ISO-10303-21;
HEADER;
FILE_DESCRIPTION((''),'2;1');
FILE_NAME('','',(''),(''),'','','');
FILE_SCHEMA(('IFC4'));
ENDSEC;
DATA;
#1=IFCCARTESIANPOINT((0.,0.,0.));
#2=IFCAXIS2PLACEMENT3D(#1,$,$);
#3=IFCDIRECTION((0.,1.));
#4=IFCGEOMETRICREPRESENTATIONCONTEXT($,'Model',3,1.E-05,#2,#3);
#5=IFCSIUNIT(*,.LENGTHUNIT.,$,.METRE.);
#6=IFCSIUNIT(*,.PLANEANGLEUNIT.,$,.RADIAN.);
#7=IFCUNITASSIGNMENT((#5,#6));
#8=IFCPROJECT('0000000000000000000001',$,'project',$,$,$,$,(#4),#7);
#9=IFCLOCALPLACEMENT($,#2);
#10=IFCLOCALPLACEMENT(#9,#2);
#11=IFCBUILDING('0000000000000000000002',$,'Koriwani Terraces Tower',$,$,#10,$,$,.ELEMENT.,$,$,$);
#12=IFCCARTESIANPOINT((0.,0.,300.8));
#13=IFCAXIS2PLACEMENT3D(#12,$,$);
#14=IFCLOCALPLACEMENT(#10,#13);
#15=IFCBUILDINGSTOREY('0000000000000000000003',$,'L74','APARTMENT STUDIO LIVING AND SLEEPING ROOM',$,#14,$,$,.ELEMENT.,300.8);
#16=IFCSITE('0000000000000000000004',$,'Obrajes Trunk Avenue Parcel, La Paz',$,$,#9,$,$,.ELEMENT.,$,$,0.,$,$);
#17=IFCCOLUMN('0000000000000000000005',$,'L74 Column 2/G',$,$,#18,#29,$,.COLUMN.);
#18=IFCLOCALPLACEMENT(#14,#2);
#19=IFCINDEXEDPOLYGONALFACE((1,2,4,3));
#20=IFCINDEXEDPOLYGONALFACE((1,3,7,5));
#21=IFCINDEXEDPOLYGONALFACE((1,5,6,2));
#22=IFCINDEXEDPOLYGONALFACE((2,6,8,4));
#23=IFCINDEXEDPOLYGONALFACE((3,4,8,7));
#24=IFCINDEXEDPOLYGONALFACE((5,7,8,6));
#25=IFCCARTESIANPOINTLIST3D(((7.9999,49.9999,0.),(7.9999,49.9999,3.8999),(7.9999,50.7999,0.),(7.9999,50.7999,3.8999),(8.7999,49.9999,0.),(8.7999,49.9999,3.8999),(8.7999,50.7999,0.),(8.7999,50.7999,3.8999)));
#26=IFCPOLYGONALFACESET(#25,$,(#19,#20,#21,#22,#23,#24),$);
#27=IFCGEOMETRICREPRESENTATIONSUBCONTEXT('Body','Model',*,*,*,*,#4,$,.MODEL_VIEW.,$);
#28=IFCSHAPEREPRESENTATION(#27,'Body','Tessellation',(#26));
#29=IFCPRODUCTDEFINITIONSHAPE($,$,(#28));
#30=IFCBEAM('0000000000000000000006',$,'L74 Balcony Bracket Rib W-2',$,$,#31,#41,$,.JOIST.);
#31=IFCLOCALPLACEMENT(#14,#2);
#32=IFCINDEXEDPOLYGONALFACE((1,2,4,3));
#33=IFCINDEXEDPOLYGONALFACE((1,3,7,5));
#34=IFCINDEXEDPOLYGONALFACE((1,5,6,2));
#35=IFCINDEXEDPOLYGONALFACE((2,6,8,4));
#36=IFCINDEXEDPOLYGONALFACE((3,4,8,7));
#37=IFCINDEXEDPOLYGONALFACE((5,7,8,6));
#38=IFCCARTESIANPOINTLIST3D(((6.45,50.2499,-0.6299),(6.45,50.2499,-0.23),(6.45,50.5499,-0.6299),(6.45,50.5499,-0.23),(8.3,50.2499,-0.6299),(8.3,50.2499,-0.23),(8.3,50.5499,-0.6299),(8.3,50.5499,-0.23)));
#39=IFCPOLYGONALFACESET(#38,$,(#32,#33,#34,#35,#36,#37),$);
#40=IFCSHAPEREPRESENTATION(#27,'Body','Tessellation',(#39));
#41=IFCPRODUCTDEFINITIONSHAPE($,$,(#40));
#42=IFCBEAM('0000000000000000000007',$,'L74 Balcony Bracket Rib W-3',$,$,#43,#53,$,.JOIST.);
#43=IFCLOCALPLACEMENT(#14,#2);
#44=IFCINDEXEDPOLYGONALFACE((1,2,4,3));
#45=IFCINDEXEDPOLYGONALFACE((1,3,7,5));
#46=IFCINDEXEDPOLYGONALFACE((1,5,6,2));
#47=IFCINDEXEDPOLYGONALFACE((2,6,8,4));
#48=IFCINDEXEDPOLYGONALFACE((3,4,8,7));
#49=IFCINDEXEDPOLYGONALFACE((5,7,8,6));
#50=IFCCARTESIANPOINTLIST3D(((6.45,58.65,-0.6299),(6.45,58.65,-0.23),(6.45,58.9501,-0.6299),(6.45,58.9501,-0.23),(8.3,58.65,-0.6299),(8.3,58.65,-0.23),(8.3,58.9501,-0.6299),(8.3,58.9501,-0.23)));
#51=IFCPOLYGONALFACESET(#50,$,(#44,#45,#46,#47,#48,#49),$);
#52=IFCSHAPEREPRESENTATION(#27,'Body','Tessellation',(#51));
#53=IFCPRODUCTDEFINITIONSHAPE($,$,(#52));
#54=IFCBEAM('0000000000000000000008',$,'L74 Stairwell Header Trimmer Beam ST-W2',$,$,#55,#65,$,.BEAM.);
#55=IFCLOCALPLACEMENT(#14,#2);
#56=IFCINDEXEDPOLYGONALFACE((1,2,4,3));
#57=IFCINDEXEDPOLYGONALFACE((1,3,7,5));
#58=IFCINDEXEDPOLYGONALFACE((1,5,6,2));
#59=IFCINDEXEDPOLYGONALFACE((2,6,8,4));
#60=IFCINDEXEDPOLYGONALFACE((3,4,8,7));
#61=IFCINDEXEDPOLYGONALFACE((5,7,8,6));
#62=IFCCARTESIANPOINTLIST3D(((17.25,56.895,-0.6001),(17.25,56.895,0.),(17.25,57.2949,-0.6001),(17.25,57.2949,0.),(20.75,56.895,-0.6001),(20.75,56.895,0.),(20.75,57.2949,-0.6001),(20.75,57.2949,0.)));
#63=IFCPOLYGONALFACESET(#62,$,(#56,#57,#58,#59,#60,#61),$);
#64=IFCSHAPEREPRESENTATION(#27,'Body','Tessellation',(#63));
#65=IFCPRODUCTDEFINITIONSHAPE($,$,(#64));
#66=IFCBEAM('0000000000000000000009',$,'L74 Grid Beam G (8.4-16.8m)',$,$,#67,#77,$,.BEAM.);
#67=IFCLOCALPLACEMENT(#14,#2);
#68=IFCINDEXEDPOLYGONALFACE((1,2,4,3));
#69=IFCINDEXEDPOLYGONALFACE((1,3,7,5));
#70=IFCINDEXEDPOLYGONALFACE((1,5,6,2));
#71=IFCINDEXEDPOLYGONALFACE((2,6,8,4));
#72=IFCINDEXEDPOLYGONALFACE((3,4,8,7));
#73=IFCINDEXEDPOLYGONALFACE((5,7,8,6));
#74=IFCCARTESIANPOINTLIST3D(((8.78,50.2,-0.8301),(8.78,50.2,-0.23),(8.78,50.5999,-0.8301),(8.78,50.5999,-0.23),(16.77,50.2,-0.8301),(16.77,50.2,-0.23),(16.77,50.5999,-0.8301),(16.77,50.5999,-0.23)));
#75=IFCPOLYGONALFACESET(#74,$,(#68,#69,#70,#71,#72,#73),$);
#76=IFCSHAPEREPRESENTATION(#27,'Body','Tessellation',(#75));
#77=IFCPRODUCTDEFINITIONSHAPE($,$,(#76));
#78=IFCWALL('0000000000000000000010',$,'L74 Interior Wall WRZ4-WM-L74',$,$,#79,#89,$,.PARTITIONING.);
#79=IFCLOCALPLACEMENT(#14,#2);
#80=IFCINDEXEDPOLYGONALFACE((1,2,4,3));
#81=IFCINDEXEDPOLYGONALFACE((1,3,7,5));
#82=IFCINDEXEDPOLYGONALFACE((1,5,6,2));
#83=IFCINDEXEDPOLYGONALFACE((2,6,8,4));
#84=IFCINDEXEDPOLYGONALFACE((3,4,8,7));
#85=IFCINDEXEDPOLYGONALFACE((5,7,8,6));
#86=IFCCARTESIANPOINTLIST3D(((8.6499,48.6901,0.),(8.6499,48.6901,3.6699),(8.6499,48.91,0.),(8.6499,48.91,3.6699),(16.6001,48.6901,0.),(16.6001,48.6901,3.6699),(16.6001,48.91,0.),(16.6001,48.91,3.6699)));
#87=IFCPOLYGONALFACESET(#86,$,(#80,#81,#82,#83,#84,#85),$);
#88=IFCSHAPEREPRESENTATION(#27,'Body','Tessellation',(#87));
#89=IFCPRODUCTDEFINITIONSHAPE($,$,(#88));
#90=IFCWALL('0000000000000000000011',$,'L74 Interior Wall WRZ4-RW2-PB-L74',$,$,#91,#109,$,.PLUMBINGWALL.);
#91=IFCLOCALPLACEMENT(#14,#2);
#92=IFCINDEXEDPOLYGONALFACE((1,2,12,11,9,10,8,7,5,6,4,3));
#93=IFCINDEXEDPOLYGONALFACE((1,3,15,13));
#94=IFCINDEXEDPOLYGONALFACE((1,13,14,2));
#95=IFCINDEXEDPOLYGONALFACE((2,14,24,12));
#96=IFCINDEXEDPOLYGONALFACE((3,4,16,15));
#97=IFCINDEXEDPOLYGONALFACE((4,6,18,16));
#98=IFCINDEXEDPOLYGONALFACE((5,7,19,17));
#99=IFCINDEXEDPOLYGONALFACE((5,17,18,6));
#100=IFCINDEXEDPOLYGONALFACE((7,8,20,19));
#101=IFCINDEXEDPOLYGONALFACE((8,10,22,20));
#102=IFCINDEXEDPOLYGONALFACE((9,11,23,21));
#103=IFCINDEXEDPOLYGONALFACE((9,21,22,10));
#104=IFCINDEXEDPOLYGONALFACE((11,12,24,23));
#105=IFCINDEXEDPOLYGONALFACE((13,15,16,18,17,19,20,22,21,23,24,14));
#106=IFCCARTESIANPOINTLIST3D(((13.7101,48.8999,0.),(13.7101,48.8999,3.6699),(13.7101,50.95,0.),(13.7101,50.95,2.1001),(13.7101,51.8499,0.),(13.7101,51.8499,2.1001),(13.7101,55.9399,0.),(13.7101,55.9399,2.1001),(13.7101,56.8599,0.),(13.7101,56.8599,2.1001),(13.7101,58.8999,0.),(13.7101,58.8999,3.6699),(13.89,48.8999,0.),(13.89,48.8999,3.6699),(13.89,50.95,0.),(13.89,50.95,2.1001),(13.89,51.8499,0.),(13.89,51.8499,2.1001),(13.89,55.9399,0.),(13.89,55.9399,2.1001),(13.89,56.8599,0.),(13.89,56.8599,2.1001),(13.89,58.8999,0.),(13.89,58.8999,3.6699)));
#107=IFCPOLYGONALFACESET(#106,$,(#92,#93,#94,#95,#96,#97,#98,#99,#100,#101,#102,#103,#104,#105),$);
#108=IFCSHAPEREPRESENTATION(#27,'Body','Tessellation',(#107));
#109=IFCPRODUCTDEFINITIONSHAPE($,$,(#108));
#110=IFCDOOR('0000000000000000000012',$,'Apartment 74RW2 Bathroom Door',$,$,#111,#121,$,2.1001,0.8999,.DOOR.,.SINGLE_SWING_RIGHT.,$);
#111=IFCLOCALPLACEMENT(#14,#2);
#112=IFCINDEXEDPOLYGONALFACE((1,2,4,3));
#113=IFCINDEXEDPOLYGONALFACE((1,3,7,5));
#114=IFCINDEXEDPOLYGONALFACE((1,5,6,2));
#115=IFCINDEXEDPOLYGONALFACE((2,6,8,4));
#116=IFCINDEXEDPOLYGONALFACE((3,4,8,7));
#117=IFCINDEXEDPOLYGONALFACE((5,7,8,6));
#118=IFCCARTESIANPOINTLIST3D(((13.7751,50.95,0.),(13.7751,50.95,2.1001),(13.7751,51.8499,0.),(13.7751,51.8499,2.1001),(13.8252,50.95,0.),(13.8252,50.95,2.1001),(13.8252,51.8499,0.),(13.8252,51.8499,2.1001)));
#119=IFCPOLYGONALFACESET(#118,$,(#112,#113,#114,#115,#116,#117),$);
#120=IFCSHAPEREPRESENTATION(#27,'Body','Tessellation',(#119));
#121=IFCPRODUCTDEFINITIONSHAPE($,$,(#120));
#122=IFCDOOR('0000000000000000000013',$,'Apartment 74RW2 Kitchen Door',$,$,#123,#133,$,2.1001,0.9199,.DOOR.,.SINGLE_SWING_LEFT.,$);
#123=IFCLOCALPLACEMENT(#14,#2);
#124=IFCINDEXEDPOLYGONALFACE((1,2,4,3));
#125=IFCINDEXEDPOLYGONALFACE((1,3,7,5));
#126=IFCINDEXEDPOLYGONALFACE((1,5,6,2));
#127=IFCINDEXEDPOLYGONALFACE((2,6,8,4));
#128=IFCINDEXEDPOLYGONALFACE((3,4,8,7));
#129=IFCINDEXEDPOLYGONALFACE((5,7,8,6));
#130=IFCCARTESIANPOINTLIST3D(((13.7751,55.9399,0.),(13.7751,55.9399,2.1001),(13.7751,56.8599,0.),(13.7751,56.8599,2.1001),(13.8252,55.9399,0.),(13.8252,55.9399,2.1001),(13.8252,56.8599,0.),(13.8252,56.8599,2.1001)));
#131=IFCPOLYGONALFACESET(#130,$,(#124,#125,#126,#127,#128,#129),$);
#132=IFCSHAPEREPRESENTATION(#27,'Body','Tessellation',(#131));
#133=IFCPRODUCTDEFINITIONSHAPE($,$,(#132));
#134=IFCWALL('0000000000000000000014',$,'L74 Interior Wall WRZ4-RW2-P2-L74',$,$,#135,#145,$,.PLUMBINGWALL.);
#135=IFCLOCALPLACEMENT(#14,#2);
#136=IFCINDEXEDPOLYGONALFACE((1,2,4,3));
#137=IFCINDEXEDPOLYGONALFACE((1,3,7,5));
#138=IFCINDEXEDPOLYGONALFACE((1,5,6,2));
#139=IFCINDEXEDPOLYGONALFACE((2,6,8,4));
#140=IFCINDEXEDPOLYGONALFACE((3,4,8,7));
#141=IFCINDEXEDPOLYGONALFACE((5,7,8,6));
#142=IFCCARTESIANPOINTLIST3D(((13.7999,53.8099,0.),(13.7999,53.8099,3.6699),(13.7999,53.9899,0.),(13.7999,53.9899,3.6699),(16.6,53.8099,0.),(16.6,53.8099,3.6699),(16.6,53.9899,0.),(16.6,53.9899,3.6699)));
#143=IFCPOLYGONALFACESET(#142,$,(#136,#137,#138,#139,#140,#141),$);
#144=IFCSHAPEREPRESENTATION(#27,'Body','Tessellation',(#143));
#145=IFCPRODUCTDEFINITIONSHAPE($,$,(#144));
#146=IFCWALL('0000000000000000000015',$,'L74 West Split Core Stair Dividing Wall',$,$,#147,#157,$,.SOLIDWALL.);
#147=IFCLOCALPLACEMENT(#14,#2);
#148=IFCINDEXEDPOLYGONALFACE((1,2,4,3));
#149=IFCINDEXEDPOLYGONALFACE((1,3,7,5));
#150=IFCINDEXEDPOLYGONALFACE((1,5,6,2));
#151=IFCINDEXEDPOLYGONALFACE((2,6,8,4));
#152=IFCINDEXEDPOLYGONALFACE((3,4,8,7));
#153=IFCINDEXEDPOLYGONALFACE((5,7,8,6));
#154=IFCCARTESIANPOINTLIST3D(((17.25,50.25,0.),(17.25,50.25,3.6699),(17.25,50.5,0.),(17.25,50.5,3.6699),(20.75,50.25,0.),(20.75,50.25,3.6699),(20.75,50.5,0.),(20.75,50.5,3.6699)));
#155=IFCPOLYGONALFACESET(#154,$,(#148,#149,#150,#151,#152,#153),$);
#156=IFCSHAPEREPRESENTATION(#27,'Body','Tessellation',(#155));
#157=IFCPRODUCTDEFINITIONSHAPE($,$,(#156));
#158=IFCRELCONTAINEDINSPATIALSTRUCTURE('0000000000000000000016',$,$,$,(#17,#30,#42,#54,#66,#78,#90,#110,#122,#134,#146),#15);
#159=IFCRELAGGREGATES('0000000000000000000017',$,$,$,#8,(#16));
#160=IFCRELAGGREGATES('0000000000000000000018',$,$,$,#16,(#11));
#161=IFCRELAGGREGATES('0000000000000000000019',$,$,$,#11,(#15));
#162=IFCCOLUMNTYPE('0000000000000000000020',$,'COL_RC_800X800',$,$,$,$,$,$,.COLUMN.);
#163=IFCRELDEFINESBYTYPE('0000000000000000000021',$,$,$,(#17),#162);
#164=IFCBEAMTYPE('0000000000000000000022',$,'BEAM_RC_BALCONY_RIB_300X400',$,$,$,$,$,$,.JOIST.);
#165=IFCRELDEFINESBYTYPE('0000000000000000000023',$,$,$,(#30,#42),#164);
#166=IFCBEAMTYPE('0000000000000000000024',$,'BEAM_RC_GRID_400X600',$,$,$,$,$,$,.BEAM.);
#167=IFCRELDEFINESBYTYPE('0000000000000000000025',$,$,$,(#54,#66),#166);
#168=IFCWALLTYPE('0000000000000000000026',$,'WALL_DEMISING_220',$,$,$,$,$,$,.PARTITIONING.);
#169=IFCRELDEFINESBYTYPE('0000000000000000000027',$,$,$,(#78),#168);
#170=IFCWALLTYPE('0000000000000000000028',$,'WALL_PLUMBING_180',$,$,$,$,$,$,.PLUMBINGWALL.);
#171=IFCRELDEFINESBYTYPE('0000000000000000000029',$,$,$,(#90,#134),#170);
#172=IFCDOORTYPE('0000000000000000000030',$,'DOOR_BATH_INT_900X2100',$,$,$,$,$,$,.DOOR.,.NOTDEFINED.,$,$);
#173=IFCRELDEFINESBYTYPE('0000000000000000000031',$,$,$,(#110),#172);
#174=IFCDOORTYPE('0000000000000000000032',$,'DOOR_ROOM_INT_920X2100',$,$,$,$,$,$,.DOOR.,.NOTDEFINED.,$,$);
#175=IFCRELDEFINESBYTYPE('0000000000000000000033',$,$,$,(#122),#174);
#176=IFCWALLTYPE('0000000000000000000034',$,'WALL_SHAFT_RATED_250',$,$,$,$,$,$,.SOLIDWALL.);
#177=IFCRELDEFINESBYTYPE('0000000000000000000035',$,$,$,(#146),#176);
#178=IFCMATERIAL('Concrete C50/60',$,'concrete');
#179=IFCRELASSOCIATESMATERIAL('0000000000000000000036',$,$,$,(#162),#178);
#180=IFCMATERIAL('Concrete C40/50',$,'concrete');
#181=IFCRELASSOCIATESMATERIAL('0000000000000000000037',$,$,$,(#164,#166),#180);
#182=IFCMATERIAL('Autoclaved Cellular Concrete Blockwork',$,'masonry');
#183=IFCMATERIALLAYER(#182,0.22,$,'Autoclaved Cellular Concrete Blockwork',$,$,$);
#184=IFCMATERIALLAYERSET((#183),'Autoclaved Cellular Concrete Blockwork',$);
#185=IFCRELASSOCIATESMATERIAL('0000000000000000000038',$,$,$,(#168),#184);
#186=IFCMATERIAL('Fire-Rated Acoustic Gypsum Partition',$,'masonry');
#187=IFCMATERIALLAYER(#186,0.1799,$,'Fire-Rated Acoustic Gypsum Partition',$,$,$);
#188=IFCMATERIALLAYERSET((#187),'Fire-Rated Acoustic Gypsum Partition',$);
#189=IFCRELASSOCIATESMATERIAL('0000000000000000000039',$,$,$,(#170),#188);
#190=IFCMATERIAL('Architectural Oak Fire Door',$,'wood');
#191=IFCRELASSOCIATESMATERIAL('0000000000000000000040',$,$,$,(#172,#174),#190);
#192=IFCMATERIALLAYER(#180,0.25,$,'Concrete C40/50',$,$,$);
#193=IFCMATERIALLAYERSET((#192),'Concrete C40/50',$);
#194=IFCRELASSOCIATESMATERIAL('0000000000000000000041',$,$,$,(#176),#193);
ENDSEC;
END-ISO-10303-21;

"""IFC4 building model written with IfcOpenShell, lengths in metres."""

from ifc_helpers import new_model, si_unit, direction, frame, frame_2d, origin, origin_2d, place, context, subcontext, project, spatial, rectangle, extrude, material, layer, layer_set, material_profile, profile_set, type_object, element, fill, save


model = new_model("IFC4")

# Units and contexts
model_context = context("Model", 3, precision=1e-05, world=origin(), true_north=direction((0.0, 1.0)))
body_context = subcontext(model_context, "Body", "Model", "MODEL_VIEW")
ifc_project = project(units=[si_unit("LENGTHUNIT", "METRE"), si_unit("PLANEANGLEUNIT", "RADIAN")], contexts=[model_context])

# Site, building, storey
site_placement = place(None, origin())
site = spatial("IfcSite", under=ifc_project, at=site_placement, Name="Obrajes Trunk Avenue Parcel, La Paz", CompositionType="ELEMENT", RefElevation=0.0)
building_placement = place(site_placement, origin())
building = spatial("IfcBuilding", under=site, at=building_placement, Name="Koriwani Terraces Tower", CompositionType="ELEMENT")
storey_placement = place(building_placement, frame((0.0, 0.0, 300.8)))
storey = spatial("IfcBuildingStorey", under=building, at=storey_placement, Name="L74", Description="APARTMENT STUDIO LIVING AND SLEEPING ROOM", CompositionType="ELEMENT", Elevation=300.8)

# Column
ifc_material_1 = material(Name="Concrete C50/60", Category="concrete")
ifc_material_profile_1 = material_profile(ifc_material_1, rectangle(XDim=0.8, YDim=0.8, at=origin_2d()), Name="Concrete C50/60", Category="LoadBearing")
ifc_profile_set_1 = profile_set([ifc_material_profile_1], Name="Concrete C50/60")
column_type = type_object("IfcColumnType", Name="COL_RC_800X800", PredefinedType="COLUMN", material=ifc_profile_set_1)
column_placement = place(storey_placement, frame((8.3999, 50.3999, 0.0), z_axis=(0.0, 0.0, 1.0), x_axis=(1.0, 0.0, 0.0)))
element("IfcColumn", 1, at=column_placement, inside=storey, type_object=column_type, Name="L74 Column 2/G", PredefinedType="COLUMN", context=body_context, shape_type="SweptSolid", body=[
    extrude(rectangle(XDim=0.8, YDim=0.8, at=origin_2d()), origin(), (0.0, 0.0, 1.0), 3.8999),
])

# Beams
ifc_material_2 = material(Name="Concrete C40/50", Category="concrete")
ifc_material_profile_2 = material_profile(ifc_material_2, rectangle(XDim=0.3, YDim=0.3999, at=origin_2d()), Name="Concrete C40/50", Category="LoadBearing")
ifc_profile_set_2 = profile_set([ifc_material_profile_2], Name="Concrete C40/50")
beam_type_1 = type_object("IfcBeamType", Name="BEAM_RC_BALCONY_RIB_300X400", PredefinedType="JOIST", material=ifc_profile_set_2)
for number, where, z_axis, x_axis, name in (
    (2, (6.45, 50.3999, -0.4299), (1.0, 0.0, 0.0), (0.0, 1.0, 0.0), "L74 Balcony Bracket Rib W-2"),
    (3, (6.45, 58.8, -0.4299), (1.0, 0.0, 0.0), (0.0, 1.0, 0.0), "L74 Balcony Bracket Rib W-3"),
):
    element("IfcBeam", number, at=place(storey_placement, frame(where, z_axis=z_axis, x_axis=x_axis)), inside=storey, type_object=beam_type_1, Name=name, PredefinedType="JOIST", context=body_context, shape_type="SweptSolid", body=[
        extrude(rectangle(XDim=0.3, YDim=0.3999, at=origin_2d()), origin(), (0.0, 0.0, 1.0), 1.8501),
    ])
ifc_material_profile_3 = material_profile(ifc_material_2, rectangle(XDim=0.3999, YDim=0.6001, at=origin_2d()), Name="Concrete C40/50", Category="LoadBearing")
ifc_profile_set_3 = profile_set([ifc_material_profile_3], Name="Concrete C40/50")
beam_type_2 = type_object("IfcBeamType", Name="BEAM_RC_GRID_400X600", PredefinedType="BEAM", material=ifc_profile_set_3)
beam_1_placement = place(storey_placement, frame((17.25, 57.095, -0.3), z_axis=(1.0, 0.0, 0.0), x_axis=(0.0, 1.0, 0.0)))
element("IfcBeam", 4, at=beam_1_placement, inside=storey, type_object=beam_type_2, Name="L74 Stairwell Header Trimmer Beam ST-W2", PredefinedType="BEAM", context=body_context, shape_type="SweptSolid", body=[
    extrude(rectangle(XDim=0.3999, YDim=0.6001, at=origin_2d()), origin(), (0.0, 0.0, 1.0), 3.5),
])
beam_2_placement = place(storey_placement, frame((8.78, 50.3999, -0.53), z_axis=(1.0, 0.0, 0.0), x_axis=(0.0, 1.0, 0.0)))
element("IfcBeam", 5, at=beam_2_placement, inside=storey, type_object=beam_type_2, Name="L74 Grid Beam G (8.4-16.8m)", PredefinedType="BEAM", context=body_context, shape_type="SweptSolid", body=[
    extrude(rectangle(XDim=0.3999, YDim=0.6001, at=origin_2d()), origin(), (0.0, 0.0, 1.0), 7.99),
])

# Wall
ifc_material_3 = material(Name="Autoclaved Cellular Concrete Blockwork", Category="masonry")
ifc_layer_1 = layer(ifc_material_3, 0.22, Name="Autoclaved Cellular Concrete Blockwork")
ifc_layer_set_1 = layer_set([ifc_layer_1], Name="Autoclaved Cellular Concrete Blockwork")
wall_type_1 = type_object("IfcWallType", Name="WALL_DEMISING_220", PredefinedType="PARTITIONING", material=ifc_layer_set_1)
wall_1_placement = place(storey_placement, frame((8.6499, 48.8, 0.0), z_axis=(0.0, 0.0, 1.0), x_axis=(1.0, 0.0, 0.0)))
element("IfcWall", 6, at=wall_1_placement, inside=storey, type_object=wall_type_1, Name="L74 Interior Wall WRZ4-WM-L74", PredefinedType="PARTITIONING", context=body_context, shape_type="SweptSolid", body=[
    extrude(rectangle(XDim=7.9502, YDim=0.22, at=frame_2d((3.9751, 0.0))), origin(), (0.0, 0.0, 1.0), 3.6699),
])

# Wall, openings, doors
ifc_material_4 = material(Name="Fire-Rated Acoustic Gypsum Partition", Category="masonry")
ifc_layer_2 = layer(ifc_material_4, 0.1799, Name="Fire-Rated Acoustic Gypsum Partition")
ifc_layer_set_2 = layer_set([ifc_layer_2], Name="Fire-Rated Acoustic Gypsum Partition")
wall_type_2 = type_object("IfcWallType", Name="WALL_PLUMBING_180", PredefinedType="PLUMBINGWALL", material=ifc_layer_set_2)
wall_2_placement = place(storey_placement, frame((13.8, 48.8999, 0.0), z_axis=(0.0, 0.0, 1.0), x_axis=(0.0, 1.0, 0.0)))
wall_2 = element("IfcWall", 7, at=wall_2_placement, inside=storey, type_object=wall_type_2, Name="L74 Interior Wall WRZ4-RW2-PB-L74", PredefinedType="PLUMBINGWALL", context=body_context, shape_type="SweptSolid", body=[
    extrude(rectangle(XDim=10.0, YDim=0.1799, at=frame_2d((5.0, 0.0))), origin(), (0.0, 0.0, 1.0), 3.6699),
])
opening_1_placement = place(wall_2_placement, frame((2.05, 0.0, 0.0)))
opening_1 = element("IfcOpeningElement", 8, at=opening_1_placement, cuts=wall_2, PredefinedType="OPENING", context=body_context, shape_type="SweptSolid", body=[
    extrude(rectangle(XDim=0.8999, YDim=2.1001, at=frame_2d((0.45, 1.05))), frame((0.0, 0.1001, 0.0), z_axis=(0.0, -1.0, 0.0), x_axis=(1.0, 0.0, 0.0)), (0.0, 0.0, 1.0), 0.2),
])
opening_2_placement = place(wall_2_placement, frame((7.04, 0.0, 0.0)))
opening_2 = element("IfcOpeningElement", 9, at=opening_2_placement, cuts=wall_2, PredefinedType="OPENING", context=body_context, shape_type="SweptSolid", body=[
    extrude(rectangle(XDim=0.9199, YDim=2.1001, at=frame_2d((0.46, 1.05))), frame((0.0, 0.1001, 0.0), z_axis=(0.0, -1.0, 0.0), x_axis=(1.0, 0.0, 0.0)), (0.0, 0.0, 1.0), 0.2),
])
ifc_material_5 = material(Name="Architectural Oak Fire Door", Category="wood")
door_type_1 = type_object("IfcDoorType", Name="DOOR_BATH_INT_900X2100", OperationType="NOTDEFINED", PredefinedType="DOOR", material=ifc_material_5)
door_1_placement = place(opening_1_placement, origin())
door_1 = element("IfcDoor", 10, at=door_1_placement, inside=storey, type_object=door_type_1, Name="Apartment 74RW2 Bathroom Door", OperationType="SINGLE_SWING_RIGHT", OverallHeight=2.1001, OverallWidth=0.8999, PredefinedType="DOOR", context=body_context, shape_type="SweptSolid", body=[
    extrude(rectangle(XDim=0.8999, YDim=2.1001, at=frame_2d((0.45, 1.05))), frame((0.0, 0.0249, 0.0), z_axis=(0.0, -1.0, 0.0), x_axis=(1.0, 0.0, 0.0)), (0.0, 0.0, 1.0), 0.05),
])
fill(opening_1, door_1)
door_type_2 = type_object("IfcDoorType", Name="DOOR_ROOM_INT_920X2100", OperationType="NOTDEFINED", PredefinedType="DOOR", material=ifc_material_5)
door_2_placement = place(opening_2_placement, origin())
door_2 = element("IfcDoor", 11, at=door_2_placement, inside=storey, type_object=door_type_2, Name="Apartment 74RW2 Kitchen Door", OperationType="SINGLE_SWING_LEFT", OverallHeight=2.1001, OverallWidth=0.9199, PredefinedType="DOOR", context=body_context, shape_type="SweptSolid", body=[
    extrude(rectangle(XDim=0.9199, YDim=2.1001, at=frame_2d((0.46, 1.05))), frame((0.0, 0.0249, 0.0), z_axis=(0.0, -1.0, 0.0), x_axis=(1.0, 0.0, 0.0)), (0.0, 0.0, 1.0), 0.05),
])
fill(opening_2, door_2)

# Walls
wall_3_placement = place(storey_placement, frame((13.8, 53.8999, 0.0), z_axis=(0.0, 0.0, 1.0), x_axis=(1.0, 0.0, 0.0)))
element("IfcWall", 12, at=wall_3_placement, inside=storey, type_object=wall_type_2, Name="L74 Interior Wall WRZ4-RW2-P2-L74", PredefinedType="PLUMBINGWALL", context=body_context, shape_type="SweptSolid", body=[
    extrude(rectangle(XDim=2.8, YDim=0.1799, at=frame_2d((1.3999, 0.0))), origin(), (0.0, 0.0, 1.0), 3.6699),
])
ifc_layer_3 = layer(ifc_material_2, 0.25, Name="Concrete C40/50")
ifc_layer_set_3 = layer_set([ifc_layer_3], Name="Concrete C40/50")
wall_type_3 = type_object("IfcWallType", Name="WALL_SHAFT_RATED_250", PredefinedType="SOLIDWALL", material=ifc_layer_set_3)
wall_4_placement = place(storey_placement, frame((17.25, 50.375, 0.0), z_axis=(0.0, 0.0, 1.0), x_axis=(1.0, 0.0, 0.0)))
element("IfcWall", 13, at=wall_4_placement, inside=storey, type_object=wall_type_3, Name="L74 West Split Core Stair Dividing Wall", PredefinedType="SOLIDWALL", context=body_context, shape_type="SweptSolid", body=[
    extrude(rectangle(XDim=3.5, YDim=0.25, at=frame_2d((1.75, 0.0))), origin(), (0.0, 0.0, 1.0), 3.6699),
])

save(model, "model.ifc")
